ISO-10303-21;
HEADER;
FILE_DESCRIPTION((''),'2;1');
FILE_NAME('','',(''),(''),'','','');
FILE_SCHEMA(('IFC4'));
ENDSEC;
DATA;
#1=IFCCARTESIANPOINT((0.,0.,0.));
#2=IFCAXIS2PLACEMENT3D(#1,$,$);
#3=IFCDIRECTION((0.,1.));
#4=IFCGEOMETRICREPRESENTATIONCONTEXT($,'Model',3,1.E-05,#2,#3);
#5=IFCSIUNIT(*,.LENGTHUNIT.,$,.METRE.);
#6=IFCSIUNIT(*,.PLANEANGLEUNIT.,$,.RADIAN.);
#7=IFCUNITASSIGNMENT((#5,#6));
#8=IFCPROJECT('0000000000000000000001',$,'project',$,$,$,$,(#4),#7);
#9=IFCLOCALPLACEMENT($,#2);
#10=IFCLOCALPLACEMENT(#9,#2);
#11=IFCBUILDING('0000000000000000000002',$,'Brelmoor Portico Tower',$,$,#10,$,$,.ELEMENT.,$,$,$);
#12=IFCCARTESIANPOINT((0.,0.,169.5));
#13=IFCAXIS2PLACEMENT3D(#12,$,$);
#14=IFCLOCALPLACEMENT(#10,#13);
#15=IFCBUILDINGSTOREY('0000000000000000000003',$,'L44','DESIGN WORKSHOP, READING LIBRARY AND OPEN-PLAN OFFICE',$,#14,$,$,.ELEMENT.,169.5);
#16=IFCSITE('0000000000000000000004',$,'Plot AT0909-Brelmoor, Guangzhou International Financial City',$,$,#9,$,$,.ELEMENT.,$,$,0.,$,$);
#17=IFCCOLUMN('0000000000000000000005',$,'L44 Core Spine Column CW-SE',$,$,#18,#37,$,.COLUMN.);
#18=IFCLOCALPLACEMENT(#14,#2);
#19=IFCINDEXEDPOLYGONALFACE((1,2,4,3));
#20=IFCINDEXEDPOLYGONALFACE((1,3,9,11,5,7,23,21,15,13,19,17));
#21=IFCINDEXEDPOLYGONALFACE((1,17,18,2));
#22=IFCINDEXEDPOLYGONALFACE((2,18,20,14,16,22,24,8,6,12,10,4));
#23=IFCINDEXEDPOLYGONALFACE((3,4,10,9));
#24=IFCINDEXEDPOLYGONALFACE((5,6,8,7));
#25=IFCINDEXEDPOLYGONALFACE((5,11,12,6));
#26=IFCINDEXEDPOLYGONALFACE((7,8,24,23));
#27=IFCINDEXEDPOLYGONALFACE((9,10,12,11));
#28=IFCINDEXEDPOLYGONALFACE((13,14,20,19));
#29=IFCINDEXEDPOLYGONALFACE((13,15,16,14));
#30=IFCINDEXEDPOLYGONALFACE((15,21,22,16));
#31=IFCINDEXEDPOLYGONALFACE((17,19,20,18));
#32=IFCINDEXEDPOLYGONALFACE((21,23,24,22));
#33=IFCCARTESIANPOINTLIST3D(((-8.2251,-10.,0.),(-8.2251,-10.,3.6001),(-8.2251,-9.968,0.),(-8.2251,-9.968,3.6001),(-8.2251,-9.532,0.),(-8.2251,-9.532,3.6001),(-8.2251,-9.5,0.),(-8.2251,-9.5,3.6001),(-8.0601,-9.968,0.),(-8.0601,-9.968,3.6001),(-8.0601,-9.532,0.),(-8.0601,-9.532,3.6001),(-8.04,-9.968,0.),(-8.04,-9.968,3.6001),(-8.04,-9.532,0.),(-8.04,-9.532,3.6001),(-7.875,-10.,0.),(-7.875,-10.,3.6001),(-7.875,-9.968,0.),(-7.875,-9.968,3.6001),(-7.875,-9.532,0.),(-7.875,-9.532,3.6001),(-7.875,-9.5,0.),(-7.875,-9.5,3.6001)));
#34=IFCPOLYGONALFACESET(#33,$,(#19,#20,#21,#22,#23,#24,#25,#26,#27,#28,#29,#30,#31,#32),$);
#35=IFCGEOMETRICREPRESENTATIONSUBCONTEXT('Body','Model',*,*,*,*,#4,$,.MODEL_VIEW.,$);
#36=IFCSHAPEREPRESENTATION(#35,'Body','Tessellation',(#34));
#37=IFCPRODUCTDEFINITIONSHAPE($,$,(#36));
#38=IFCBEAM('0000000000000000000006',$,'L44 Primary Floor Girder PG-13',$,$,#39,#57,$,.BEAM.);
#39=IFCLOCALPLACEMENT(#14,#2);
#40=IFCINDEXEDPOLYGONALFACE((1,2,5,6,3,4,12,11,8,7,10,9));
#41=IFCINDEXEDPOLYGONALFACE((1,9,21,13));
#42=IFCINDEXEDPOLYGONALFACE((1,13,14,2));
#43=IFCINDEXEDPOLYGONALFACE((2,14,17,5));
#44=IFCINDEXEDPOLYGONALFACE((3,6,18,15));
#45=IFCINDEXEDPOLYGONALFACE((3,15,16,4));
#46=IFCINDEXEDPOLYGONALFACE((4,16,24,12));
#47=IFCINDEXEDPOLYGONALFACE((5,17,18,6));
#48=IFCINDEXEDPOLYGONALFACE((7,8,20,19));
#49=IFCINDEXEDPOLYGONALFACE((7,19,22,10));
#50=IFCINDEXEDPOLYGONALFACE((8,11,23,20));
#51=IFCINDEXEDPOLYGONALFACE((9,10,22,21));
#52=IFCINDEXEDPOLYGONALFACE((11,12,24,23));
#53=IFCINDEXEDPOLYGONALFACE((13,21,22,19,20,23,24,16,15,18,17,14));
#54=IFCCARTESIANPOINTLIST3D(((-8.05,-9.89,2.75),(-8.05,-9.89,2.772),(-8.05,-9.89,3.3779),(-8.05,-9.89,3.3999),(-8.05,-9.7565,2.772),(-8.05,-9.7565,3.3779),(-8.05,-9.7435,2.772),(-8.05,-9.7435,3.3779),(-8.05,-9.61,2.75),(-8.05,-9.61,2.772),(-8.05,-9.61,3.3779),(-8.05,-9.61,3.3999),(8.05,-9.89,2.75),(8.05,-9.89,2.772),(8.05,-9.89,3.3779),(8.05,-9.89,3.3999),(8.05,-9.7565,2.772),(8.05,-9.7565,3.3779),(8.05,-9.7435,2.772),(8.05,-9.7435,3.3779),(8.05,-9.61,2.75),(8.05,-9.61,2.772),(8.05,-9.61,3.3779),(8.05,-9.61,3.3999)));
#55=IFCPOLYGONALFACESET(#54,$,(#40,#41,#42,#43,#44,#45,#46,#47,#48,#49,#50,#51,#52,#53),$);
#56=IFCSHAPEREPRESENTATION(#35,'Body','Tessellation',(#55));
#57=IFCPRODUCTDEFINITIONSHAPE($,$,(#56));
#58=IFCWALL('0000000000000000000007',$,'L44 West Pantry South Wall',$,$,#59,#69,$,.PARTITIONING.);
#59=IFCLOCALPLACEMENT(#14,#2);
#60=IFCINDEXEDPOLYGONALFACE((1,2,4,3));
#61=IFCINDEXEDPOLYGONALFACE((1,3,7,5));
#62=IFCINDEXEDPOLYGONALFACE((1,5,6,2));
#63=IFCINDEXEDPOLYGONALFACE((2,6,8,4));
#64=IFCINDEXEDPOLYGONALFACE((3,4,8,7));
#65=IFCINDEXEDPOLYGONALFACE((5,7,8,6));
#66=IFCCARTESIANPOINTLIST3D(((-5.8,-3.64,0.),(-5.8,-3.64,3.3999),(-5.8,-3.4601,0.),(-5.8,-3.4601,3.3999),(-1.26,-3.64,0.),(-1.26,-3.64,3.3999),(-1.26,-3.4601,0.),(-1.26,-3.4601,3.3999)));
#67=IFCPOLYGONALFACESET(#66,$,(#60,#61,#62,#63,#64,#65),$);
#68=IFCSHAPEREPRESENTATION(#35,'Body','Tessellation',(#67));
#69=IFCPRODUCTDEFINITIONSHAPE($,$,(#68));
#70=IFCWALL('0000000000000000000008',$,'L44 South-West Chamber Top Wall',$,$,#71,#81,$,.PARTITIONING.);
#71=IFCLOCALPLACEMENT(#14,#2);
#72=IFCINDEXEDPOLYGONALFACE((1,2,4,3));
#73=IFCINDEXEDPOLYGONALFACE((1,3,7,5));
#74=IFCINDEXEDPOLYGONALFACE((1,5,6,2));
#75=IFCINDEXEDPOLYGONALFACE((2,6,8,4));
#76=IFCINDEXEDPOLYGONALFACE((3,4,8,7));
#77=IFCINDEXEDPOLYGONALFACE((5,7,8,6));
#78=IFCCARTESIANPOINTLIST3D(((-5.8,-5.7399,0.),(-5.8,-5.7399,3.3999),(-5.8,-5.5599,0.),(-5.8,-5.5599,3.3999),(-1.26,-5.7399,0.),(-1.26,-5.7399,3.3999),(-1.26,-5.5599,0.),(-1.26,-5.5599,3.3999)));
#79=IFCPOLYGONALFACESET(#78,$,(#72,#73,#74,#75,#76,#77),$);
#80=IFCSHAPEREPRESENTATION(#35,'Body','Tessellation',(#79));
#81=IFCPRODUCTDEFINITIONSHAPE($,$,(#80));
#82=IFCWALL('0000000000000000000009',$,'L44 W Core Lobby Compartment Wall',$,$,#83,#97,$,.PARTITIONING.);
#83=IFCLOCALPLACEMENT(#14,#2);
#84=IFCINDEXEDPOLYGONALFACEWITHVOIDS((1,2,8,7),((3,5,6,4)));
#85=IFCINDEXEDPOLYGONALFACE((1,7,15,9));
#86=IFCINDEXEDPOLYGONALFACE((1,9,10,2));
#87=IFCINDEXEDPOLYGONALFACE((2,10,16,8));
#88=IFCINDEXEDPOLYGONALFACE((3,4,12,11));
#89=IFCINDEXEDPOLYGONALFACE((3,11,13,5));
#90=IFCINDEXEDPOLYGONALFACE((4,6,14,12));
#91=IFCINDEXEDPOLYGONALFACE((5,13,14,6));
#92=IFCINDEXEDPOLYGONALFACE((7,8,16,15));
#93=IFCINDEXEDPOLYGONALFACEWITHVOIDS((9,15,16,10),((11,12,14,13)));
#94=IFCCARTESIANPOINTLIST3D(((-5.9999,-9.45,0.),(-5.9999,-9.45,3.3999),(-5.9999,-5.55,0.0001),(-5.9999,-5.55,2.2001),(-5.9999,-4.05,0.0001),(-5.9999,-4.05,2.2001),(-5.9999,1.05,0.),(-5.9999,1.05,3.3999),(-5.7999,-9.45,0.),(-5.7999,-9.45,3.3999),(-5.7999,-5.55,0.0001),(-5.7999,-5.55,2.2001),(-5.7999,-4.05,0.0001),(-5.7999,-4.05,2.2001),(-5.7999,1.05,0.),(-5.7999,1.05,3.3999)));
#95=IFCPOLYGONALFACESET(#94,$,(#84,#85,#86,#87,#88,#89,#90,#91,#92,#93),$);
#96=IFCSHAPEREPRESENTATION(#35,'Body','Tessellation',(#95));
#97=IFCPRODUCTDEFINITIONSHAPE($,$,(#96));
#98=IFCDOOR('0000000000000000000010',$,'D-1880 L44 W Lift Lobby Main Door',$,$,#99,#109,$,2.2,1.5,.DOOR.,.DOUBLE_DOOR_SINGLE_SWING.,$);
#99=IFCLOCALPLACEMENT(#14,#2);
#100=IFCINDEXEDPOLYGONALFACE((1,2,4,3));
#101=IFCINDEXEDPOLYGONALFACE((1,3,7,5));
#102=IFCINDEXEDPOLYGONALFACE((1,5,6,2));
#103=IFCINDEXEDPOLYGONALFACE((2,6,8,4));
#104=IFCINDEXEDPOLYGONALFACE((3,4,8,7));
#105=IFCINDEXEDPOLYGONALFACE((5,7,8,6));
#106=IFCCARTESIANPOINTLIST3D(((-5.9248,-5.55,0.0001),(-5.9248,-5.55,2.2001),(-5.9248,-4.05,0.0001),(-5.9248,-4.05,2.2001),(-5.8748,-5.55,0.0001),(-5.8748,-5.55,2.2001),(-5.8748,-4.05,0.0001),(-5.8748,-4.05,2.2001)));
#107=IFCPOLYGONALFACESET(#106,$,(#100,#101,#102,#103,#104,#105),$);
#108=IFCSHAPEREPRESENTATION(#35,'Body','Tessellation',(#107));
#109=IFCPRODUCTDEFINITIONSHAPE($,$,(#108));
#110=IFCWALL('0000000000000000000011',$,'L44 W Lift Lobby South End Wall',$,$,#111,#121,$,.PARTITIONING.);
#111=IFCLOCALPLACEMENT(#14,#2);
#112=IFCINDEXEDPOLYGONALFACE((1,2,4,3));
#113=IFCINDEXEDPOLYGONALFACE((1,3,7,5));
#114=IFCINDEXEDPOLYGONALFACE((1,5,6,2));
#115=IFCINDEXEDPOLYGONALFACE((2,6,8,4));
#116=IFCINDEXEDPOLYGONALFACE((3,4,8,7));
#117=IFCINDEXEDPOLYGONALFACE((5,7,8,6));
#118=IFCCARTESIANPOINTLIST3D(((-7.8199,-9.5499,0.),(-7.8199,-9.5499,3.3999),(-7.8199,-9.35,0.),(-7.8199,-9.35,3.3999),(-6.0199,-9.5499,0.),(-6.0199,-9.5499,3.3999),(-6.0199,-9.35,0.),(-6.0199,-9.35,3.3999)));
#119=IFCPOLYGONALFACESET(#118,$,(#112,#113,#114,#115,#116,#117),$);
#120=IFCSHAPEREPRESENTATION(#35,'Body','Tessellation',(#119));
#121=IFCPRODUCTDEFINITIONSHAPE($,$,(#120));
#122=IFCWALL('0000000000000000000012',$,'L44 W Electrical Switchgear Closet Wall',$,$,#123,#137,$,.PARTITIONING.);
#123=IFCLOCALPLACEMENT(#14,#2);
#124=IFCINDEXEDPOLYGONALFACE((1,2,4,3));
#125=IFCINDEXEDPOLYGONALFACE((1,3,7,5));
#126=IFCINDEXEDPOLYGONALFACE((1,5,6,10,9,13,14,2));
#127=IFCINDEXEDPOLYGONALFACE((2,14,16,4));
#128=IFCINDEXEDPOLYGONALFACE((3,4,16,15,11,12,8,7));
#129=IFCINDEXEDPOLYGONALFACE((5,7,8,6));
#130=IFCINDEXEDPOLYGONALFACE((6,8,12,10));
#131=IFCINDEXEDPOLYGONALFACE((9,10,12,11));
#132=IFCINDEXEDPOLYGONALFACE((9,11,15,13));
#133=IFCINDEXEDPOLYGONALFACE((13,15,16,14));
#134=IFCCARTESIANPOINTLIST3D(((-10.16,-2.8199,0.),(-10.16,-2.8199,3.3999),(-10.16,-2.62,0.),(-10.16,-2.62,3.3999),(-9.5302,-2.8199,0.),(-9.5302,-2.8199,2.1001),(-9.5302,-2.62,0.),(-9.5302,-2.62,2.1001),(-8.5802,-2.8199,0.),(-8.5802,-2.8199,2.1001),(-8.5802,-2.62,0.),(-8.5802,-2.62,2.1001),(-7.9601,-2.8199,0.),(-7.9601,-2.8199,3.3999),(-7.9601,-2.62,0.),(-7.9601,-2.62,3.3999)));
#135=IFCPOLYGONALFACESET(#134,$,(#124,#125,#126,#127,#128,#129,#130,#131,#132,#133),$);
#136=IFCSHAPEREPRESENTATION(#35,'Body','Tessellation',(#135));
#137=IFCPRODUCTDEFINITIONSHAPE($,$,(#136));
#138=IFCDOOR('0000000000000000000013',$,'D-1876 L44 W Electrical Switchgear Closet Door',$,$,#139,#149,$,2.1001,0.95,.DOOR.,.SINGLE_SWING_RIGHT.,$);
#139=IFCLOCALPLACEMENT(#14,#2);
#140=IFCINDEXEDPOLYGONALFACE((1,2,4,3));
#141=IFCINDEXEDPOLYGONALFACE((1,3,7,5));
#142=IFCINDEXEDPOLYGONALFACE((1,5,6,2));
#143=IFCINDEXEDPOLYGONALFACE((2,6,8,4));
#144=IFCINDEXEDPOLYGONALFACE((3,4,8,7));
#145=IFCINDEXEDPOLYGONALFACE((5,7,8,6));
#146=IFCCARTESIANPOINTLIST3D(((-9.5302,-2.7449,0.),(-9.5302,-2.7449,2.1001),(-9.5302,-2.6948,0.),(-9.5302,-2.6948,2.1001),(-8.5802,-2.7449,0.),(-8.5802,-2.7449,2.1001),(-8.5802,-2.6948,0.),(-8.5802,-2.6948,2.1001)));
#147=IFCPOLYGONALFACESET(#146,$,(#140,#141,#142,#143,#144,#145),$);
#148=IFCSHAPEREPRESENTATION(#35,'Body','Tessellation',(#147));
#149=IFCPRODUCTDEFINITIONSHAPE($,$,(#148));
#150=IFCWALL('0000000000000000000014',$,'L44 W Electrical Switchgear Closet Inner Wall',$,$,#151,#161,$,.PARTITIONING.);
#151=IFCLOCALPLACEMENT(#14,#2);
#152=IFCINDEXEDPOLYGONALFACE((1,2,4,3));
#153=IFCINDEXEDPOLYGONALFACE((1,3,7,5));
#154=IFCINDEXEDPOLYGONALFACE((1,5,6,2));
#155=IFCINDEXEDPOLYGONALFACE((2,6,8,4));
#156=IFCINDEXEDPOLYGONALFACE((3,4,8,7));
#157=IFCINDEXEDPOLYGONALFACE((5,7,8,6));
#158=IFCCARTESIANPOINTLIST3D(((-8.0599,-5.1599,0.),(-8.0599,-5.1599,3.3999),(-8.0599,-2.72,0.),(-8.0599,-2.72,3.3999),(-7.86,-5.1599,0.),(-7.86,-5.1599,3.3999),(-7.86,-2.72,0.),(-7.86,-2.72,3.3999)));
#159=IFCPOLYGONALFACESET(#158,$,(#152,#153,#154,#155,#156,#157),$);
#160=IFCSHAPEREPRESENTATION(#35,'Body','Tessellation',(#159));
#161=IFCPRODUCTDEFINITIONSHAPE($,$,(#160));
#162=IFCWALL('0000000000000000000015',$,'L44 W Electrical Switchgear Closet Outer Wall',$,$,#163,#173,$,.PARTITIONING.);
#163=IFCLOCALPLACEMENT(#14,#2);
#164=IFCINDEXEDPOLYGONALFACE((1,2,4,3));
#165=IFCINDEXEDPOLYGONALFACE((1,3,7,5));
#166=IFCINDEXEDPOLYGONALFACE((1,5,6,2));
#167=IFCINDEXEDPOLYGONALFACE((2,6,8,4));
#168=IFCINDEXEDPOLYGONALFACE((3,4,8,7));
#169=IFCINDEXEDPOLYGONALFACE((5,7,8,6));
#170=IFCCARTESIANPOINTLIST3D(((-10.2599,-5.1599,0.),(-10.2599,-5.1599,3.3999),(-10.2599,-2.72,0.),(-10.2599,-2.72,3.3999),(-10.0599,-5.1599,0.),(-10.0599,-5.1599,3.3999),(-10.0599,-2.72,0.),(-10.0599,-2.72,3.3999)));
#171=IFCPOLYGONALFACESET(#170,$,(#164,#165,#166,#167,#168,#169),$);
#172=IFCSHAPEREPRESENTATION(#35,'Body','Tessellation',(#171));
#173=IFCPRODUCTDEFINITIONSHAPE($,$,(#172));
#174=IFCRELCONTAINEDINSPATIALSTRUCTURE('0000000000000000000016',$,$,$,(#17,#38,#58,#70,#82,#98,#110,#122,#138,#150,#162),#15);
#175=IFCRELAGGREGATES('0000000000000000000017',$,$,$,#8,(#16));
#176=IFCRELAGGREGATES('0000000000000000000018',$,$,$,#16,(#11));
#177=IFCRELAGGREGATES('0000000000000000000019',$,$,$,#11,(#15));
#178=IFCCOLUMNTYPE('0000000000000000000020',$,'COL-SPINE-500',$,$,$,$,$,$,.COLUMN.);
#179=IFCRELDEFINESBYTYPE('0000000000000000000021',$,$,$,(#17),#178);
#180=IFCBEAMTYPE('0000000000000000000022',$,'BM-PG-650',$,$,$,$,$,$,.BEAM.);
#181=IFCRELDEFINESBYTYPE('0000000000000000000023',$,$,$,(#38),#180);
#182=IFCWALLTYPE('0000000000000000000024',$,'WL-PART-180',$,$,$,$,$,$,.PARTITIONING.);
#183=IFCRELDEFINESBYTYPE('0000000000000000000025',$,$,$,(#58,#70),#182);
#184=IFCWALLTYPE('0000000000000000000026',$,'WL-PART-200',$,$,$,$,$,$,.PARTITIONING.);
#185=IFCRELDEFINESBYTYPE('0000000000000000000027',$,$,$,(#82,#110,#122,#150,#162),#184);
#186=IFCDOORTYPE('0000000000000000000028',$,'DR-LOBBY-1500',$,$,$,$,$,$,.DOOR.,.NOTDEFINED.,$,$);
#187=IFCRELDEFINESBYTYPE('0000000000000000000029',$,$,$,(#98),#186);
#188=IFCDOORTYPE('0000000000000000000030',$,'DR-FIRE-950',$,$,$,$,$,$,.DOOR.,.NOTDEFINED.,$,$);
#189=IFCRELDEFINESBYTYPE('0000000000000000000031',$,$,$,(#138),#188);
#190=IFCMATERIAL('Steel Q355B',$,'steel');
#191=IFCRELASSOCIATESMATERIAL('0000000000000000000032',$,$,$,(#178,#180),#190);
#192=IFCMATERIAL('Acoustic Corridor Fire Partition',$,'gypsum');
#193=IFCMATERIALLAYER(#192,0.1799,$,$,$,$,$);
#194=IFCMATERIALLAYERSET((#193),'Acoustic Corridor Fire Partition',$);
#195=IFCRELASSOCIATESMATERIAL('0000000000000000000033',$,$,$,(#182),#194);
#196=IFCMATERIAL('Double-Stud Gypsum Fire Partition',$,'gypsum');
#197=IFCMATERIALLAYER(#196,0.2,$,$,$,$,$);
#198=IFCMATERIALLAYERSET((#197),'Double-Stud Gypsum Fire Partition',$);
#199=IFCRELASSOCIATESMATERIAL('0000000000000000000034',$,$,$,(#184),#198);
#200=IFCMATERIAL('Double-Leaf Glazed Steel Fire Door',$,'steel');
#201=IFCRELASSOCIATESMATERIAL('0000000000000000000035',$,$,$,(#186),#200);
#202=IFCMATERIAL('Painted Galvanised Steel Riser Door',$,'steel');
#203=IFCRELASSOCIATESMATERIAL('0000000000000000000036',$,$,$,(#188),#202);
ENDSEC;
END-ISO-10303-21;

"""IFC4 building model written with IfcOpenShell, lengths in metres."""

from ifc_helpers import new_model, si_unit, direction, frame, frame_2d, origin, origin_2d, place, context, subcontext, project, spatial, rectangle, i_section, extrude, material, layer, layer_set, material_profile, profile_set, type_object, element, fill, save


model = new_model("IFC4")

# Units and contexts
model_context = context("Model", 3, precision=1e-05, world=origin(), true_north=direction((0.0, 1.0)))
body_context = subcontext(model_context, "Body", "Model", "MODEL_VIEW")
ifc_project = project(units=[si_unit("LENGTHUNIT", "METRE"), si_unit("PLANEANGLEUNIT", "RADIAN")], contexts=[model_context])

# Site, building, storey
site_placement = place(None, origin())
site = spatial("IfcSite", under=ifc_project, at=site_placement, Name="Plot AT0909-Brelmoor, Guangzhou International Financial City", CompositionType="ELEMENT", RefElevation=0.0)
building_placement = place(site_placement, origin())
building = spatial("IfcBuilding", under=site, at=building_placement, Name="Brelmoor Portico Tower", CompositionType="ELEMENT")
storey_placement = place(building_placement, frame((0.0, 0.0, 169.5)))
storey = spatial("IfcBuildingStorey", under=building, at=storey_placement, Name="L44", Description="DESIGN WORKSHOP, READING LIBRARY AND OPEN-PLAN OFFICE", CompositionType="ELEMENT", Elevation=169.5)

# Column
ifc_material_1 = material(Name="Steel Q355B", Category="steel")
ifc_material_profile_1 = material_profile(ifc_material_1, i_section(OverallWidth=0.3501, OverallDepth=0.5, WebThickness=0.02, FlangeThickness=0.032, at=origin_2d()), Name="HW 500x350x20x32")
ifc_profile_set_1 = profile_set([ifc_material_profile_1], Name="Steel Q355B")
column_type = type_object("IfcColumnType", Name="COL-SPINE-500", PredefinedType="COLUMN", material=ifc_profile_set_1)
column_placement = place(storey_placement, frame((-8.05, -9.75, 0.0), z_axis=(0.0, 0.0, 1.0), x_axis=(1.0, 0.0, 0.0)))
element("IfcColumn", 1, at=column_placement, inside=storey, type_object=column_type, Name="L44 Core Spine Column CW-SE", PredefinedType="COLUMN", context=body_context, shape_type="SweptSolid", body=[
    extrude(i_section(OverallWidth=0.3501, OverallDepth=0.5, WebThickness=0.02, FlangeThickness=0.032, at=origin_2d()), origin(), (0.0, 0.0, 1.0), 3.6001),
])

# Beam
ifc_material_profile_2 = material_profile(ifc_material_1, i_section(OverallWidth=0.28, OverallDepth=0.6499, WebThickness=0.0129, FlangeThickness=0.022, at=origin_2d()), Name="HN 650x280x13x22")
ifc_profile_set_2 = profile_set([ifc_material_profile_2], Name="Steel Q355B")
beam_type = type_object("IfcBeamType", Name="BM-PG-650", PredefinedType="BEAM", material=ifc_profile_set_2)
beam_placement = place(storey_placement, frame((-8.05, -9.75, 3.075), z_axis=(1.0, 0.0, 0.0), x_axis=(0.0, 1.0, 0.0)))
element("IfcBeam", 2, at=beam_placement, inside=storey, type_object=beam_type, Name="L44 Primary Floor Girder PG-13", PredefinedType="BEAM", context=body_context, shape_type="SweptSolid", body=[
    extrude(i_section(OverallWidth=0.28, OverallDepth=0.6499, WebThickness=0.0129, FlangeThickness=0.022, at=origin_2d()), origin(), (0.0, 0.0, 1.0), 16.1001),
])

# Walls
ifc_material_2 = material(Name="Acoustic Corridor Fire Partition", Category="gypsum")
ifc_layer_1 = layer(ifc_material_2, 0.1799)
ifc_layer_set_1 = layer_set([ifc_layer_1], Name="Acoustic Corridor Fire Partition")
wall_type_1 = type_object("IfcWallType", Name="WL-PART-180", PredefinedType="PARTITIONING", material=ifc_layer_set_1)
for number, where, z_axis, x_axis, name in (
    (3, (-5.8, -3.55, 0.0), (0.0, 0.0, 1.0), (1.0, 0.0, 0.0), "L44 West Pantry South Wall"),
    (4, (-5.8, -5.6499, 0.0), (0.0, 0.0, 1.0), (1.0, 0.0, 0.0), "L44 South-West Chamber Top Wall"),
):
    element("IfcWall", number, at=place(storey_placement, frame(where, z_axis=z_axis, x_axis=x_axis)), inside=storey, type_object=wall_type_1, Name=name, PredefinedType="PARTITIONING", context=body_context, shape_type="SweptSolid", body=[
        extrude(rectangle(XDim=4.54, YDim=0.1799, at=frame_2d((2.27, 0.0))), origin(), (0.0, 0.0, 1.0), 3.3999),
    ])

# Wall, opening, door
ifc_material_3 = material(Name="Double-Stud Gypsum Fire Partition", Category="gypsum")
ifc_layer_2 = layer(ifc_material_3, 0.2)
ifc_layer_set_2 = layer_set([ifc_layer_2], Name="Double-Stud Gypsum Fire Partition")
wall_type_2 = type_object("IfcWallType", Name="WL-PART-200", PredefinedType="PARTITIONING", material=ifc_layer_set_2)
wall_1_placement = place(storey_placement, frame((-5.8999, -9.45, 0.0), z_axis=(0.0, 0.0, 1.0), x_axis=(0.0, 1.0, 0.0)))
wall_1 = element("IfcWall", 5, at=wall_1_placement, inside=storey, type_object=wall_type_2, Name="L44 W Core Lobby Compartment Wall", PredefinedType="PARTITIONING", context=body_context, shape_type="SweptSolid", body=[
    extrude(rectangle(XDim=10.5, YDim=0.2, at=frame_2d((5.25, 0.0))), origin(), (0.0, 0.0, 1.0), 3.3999),
])
opening_1_placement = place(wall_1_placement, frame((3.8999, 0.0, 0.0)))
opening_1 = element("IfcOpeningElement", 6, at=opening_1_placement, cuts=wall_1, PredefinedType="OPENING", context=body_context, shape_type="SweptSolid", body=[
    extrude(rectangle(XDim=1.5, YDim=2.2, at=frame_2d((0.75, 1.1001))), frame((0.0, 0.1099, 0.0), z_axis=(0.0, -1.0, 0.0), x_axis=(1.0, 0.0, 0.0)), (0.0, 0.0, 1.0), 0.22),
])
ifc_material_4 = material(Name="Double-Leaf Glazed Steel Fire Door", Category="steel")
door_type_1 = type_object("IfcDoorType", Name="DR-LOBBY-1500", OperationType="NOTDEFINED", PredefinedType="DOOR", material=ifc_material_4)
door_1_placement = place(opening_1_placement, origin())
door_1 = element("IfcDoor", 7, at=door_1_placement, inside=storey, type_object=door_type_1, Name="D-1880 L44 W Lift Lobby Main Door", OperationType="DOUBLE_DOOR_SINGLE_SWING", OverallHeight=2.2, OverallWidth=1.5, PredefinedType="DOOR", context=body_context, shape_type="SweptSolid", body=[
    extrude(rectangle(XDim=1.5, YDim=2.2, at=frame_2d((0.75, 1.1001))), frame((0.0, 0.0249, 0.0), z_axis=(0.0, -1.0, 0.0), x_axis=(1.0, 0.0, 0.0)), (0.0, 0.0, 1.0), 0.05),
])
fill(opening_1, door_1)

# Wall
wall_2_placement = place(storey_placement, frame((-6.02, -9.45, 0.0), z_axis=(0.0, 0.0, 1.0), x_axis=(-1.0, 0.0, 0.0)))
element("IfcWall", 8, at=wall_2_placement, inside=storey, type_object=wall_type_2, Name="L44 W Lift Lobby South End Wall", PredefinedType="PARTITIONING", context=body_context, shape_type="SweptSolid", body=[
    extrude(rectangle(XDim=1.8, YDim=0.2, at=frame_2d((0.8999, 0.0))), origin(), (0.0, 0.0, 1.0), 3.3999),
])

# Wall, opening, door
wall_3_placement = place(storey_placement, frame((-7.96, -2.72, 0.0), z_axis=(0.0, 0.0, 1.0), x_axis=(-1.0, 0.0, 0.0)))
wall_3 = element("IfcWall", 9, at=wall_3_placement, inside=storey, type_object=wall_type_2, Name="L44 W Electrical Switchgear Closet Wall", PredefinedType="PARTITIONING", context=body_context, shape_type="SweptSolid", body=[
    extrude(rectangle(XDim=2.2, YDim=0.2, at=frame_2d((1.1001, 0.0))), origin(), (0.0, 0.0, 1.0), 3.3999),
])
opening_2_placement = place(wall_3_placement, frame((0.6201, 0.0, 0.0)))
opening_2 = element("IfcOpeningElement", 10, at=opening_2_placement, cuts=wall_3, PredefinedType="OPENING", context=body_context, shape_type="SweptSolid", body=[
    extrude(rectangle(XDim=0.95, YDim=2.1001, at=frame_2d((0.4751, 1.05))), frame((0.0, 0.1099, 0.0), z_axis=(0.0, -1.0, 0.0), x_axis=(1.0, 0.0, 0.0)), (0.0, 0.0, 1.0), 0.22),
])
ifc_material_5 = material(Name="Painted Galvanised Steel Riser Door", Category="steel")
door_type_2 = type_object("IfcDoorType", Name="DR-FIRE-950", OperationType="NOTDEFINED", PredefinedType="DOOR", material=ifc_material_5)
door_2_placement = place(opening_2_placement, origin())
door_2 = element("IfcDoor", 11, at=door_2_placement, inside=storey, type_object=door_type_2, Name="D-1876 L44 W Electrical Switchgear Closet Door", OperationType="SINGLE_SWING_RIGHT", OverallHeight=2.1001, OverallWidth=0.95, PredefinedType="DOOR", context=body_context, shape_type="SweptSolid", body=[
    extrude(rectangle(XDim=0.95, YDim=2.1001, at=frame_2d((0.4751, 1.05))), frame((0.0, 0.0249, 0.0), z_axis=(0.0, -1.0, 0.0), x_axis=(1.0, 0.0, 0.0)), (0.0, 0.0, 1.0), 0.05),
])
fill(opening_2, door_2)

# Walls
for number, where, z_axis, x_axis, name in (
    (12, (-7.96, -5.1599, 0.0), (0.0, 0.0, 1.0), (0.0, 1.0, 0.0), "L44 W Electrical Switchgear Closet Inner Wall"),
    (13, (-10.1599, -5.1599, 0.0), (0.0, 0.0, 1.0), (0.0, 1.0, 0.0), "L44 W Electrical Switchgear Closet Outer Wall"),
):
    element("IfcWall", number, at=place(storey_placement, frame(where, z_axis=z_axis, x_axis=x_axis)), inside=storey, type_object=wall_type_2, Name=name, PredefinedType="PARTITIONING", context=body_context, shape_type="SweptSolid", body=[
        extrude(rectangle(XDim=2.4399, YDim=0.2, at=frame_2d((1.22, 0.0))), origin(), (0.0, 0.0, 1.0), 3.3999),
    ])

save(model, "model.ifc")
